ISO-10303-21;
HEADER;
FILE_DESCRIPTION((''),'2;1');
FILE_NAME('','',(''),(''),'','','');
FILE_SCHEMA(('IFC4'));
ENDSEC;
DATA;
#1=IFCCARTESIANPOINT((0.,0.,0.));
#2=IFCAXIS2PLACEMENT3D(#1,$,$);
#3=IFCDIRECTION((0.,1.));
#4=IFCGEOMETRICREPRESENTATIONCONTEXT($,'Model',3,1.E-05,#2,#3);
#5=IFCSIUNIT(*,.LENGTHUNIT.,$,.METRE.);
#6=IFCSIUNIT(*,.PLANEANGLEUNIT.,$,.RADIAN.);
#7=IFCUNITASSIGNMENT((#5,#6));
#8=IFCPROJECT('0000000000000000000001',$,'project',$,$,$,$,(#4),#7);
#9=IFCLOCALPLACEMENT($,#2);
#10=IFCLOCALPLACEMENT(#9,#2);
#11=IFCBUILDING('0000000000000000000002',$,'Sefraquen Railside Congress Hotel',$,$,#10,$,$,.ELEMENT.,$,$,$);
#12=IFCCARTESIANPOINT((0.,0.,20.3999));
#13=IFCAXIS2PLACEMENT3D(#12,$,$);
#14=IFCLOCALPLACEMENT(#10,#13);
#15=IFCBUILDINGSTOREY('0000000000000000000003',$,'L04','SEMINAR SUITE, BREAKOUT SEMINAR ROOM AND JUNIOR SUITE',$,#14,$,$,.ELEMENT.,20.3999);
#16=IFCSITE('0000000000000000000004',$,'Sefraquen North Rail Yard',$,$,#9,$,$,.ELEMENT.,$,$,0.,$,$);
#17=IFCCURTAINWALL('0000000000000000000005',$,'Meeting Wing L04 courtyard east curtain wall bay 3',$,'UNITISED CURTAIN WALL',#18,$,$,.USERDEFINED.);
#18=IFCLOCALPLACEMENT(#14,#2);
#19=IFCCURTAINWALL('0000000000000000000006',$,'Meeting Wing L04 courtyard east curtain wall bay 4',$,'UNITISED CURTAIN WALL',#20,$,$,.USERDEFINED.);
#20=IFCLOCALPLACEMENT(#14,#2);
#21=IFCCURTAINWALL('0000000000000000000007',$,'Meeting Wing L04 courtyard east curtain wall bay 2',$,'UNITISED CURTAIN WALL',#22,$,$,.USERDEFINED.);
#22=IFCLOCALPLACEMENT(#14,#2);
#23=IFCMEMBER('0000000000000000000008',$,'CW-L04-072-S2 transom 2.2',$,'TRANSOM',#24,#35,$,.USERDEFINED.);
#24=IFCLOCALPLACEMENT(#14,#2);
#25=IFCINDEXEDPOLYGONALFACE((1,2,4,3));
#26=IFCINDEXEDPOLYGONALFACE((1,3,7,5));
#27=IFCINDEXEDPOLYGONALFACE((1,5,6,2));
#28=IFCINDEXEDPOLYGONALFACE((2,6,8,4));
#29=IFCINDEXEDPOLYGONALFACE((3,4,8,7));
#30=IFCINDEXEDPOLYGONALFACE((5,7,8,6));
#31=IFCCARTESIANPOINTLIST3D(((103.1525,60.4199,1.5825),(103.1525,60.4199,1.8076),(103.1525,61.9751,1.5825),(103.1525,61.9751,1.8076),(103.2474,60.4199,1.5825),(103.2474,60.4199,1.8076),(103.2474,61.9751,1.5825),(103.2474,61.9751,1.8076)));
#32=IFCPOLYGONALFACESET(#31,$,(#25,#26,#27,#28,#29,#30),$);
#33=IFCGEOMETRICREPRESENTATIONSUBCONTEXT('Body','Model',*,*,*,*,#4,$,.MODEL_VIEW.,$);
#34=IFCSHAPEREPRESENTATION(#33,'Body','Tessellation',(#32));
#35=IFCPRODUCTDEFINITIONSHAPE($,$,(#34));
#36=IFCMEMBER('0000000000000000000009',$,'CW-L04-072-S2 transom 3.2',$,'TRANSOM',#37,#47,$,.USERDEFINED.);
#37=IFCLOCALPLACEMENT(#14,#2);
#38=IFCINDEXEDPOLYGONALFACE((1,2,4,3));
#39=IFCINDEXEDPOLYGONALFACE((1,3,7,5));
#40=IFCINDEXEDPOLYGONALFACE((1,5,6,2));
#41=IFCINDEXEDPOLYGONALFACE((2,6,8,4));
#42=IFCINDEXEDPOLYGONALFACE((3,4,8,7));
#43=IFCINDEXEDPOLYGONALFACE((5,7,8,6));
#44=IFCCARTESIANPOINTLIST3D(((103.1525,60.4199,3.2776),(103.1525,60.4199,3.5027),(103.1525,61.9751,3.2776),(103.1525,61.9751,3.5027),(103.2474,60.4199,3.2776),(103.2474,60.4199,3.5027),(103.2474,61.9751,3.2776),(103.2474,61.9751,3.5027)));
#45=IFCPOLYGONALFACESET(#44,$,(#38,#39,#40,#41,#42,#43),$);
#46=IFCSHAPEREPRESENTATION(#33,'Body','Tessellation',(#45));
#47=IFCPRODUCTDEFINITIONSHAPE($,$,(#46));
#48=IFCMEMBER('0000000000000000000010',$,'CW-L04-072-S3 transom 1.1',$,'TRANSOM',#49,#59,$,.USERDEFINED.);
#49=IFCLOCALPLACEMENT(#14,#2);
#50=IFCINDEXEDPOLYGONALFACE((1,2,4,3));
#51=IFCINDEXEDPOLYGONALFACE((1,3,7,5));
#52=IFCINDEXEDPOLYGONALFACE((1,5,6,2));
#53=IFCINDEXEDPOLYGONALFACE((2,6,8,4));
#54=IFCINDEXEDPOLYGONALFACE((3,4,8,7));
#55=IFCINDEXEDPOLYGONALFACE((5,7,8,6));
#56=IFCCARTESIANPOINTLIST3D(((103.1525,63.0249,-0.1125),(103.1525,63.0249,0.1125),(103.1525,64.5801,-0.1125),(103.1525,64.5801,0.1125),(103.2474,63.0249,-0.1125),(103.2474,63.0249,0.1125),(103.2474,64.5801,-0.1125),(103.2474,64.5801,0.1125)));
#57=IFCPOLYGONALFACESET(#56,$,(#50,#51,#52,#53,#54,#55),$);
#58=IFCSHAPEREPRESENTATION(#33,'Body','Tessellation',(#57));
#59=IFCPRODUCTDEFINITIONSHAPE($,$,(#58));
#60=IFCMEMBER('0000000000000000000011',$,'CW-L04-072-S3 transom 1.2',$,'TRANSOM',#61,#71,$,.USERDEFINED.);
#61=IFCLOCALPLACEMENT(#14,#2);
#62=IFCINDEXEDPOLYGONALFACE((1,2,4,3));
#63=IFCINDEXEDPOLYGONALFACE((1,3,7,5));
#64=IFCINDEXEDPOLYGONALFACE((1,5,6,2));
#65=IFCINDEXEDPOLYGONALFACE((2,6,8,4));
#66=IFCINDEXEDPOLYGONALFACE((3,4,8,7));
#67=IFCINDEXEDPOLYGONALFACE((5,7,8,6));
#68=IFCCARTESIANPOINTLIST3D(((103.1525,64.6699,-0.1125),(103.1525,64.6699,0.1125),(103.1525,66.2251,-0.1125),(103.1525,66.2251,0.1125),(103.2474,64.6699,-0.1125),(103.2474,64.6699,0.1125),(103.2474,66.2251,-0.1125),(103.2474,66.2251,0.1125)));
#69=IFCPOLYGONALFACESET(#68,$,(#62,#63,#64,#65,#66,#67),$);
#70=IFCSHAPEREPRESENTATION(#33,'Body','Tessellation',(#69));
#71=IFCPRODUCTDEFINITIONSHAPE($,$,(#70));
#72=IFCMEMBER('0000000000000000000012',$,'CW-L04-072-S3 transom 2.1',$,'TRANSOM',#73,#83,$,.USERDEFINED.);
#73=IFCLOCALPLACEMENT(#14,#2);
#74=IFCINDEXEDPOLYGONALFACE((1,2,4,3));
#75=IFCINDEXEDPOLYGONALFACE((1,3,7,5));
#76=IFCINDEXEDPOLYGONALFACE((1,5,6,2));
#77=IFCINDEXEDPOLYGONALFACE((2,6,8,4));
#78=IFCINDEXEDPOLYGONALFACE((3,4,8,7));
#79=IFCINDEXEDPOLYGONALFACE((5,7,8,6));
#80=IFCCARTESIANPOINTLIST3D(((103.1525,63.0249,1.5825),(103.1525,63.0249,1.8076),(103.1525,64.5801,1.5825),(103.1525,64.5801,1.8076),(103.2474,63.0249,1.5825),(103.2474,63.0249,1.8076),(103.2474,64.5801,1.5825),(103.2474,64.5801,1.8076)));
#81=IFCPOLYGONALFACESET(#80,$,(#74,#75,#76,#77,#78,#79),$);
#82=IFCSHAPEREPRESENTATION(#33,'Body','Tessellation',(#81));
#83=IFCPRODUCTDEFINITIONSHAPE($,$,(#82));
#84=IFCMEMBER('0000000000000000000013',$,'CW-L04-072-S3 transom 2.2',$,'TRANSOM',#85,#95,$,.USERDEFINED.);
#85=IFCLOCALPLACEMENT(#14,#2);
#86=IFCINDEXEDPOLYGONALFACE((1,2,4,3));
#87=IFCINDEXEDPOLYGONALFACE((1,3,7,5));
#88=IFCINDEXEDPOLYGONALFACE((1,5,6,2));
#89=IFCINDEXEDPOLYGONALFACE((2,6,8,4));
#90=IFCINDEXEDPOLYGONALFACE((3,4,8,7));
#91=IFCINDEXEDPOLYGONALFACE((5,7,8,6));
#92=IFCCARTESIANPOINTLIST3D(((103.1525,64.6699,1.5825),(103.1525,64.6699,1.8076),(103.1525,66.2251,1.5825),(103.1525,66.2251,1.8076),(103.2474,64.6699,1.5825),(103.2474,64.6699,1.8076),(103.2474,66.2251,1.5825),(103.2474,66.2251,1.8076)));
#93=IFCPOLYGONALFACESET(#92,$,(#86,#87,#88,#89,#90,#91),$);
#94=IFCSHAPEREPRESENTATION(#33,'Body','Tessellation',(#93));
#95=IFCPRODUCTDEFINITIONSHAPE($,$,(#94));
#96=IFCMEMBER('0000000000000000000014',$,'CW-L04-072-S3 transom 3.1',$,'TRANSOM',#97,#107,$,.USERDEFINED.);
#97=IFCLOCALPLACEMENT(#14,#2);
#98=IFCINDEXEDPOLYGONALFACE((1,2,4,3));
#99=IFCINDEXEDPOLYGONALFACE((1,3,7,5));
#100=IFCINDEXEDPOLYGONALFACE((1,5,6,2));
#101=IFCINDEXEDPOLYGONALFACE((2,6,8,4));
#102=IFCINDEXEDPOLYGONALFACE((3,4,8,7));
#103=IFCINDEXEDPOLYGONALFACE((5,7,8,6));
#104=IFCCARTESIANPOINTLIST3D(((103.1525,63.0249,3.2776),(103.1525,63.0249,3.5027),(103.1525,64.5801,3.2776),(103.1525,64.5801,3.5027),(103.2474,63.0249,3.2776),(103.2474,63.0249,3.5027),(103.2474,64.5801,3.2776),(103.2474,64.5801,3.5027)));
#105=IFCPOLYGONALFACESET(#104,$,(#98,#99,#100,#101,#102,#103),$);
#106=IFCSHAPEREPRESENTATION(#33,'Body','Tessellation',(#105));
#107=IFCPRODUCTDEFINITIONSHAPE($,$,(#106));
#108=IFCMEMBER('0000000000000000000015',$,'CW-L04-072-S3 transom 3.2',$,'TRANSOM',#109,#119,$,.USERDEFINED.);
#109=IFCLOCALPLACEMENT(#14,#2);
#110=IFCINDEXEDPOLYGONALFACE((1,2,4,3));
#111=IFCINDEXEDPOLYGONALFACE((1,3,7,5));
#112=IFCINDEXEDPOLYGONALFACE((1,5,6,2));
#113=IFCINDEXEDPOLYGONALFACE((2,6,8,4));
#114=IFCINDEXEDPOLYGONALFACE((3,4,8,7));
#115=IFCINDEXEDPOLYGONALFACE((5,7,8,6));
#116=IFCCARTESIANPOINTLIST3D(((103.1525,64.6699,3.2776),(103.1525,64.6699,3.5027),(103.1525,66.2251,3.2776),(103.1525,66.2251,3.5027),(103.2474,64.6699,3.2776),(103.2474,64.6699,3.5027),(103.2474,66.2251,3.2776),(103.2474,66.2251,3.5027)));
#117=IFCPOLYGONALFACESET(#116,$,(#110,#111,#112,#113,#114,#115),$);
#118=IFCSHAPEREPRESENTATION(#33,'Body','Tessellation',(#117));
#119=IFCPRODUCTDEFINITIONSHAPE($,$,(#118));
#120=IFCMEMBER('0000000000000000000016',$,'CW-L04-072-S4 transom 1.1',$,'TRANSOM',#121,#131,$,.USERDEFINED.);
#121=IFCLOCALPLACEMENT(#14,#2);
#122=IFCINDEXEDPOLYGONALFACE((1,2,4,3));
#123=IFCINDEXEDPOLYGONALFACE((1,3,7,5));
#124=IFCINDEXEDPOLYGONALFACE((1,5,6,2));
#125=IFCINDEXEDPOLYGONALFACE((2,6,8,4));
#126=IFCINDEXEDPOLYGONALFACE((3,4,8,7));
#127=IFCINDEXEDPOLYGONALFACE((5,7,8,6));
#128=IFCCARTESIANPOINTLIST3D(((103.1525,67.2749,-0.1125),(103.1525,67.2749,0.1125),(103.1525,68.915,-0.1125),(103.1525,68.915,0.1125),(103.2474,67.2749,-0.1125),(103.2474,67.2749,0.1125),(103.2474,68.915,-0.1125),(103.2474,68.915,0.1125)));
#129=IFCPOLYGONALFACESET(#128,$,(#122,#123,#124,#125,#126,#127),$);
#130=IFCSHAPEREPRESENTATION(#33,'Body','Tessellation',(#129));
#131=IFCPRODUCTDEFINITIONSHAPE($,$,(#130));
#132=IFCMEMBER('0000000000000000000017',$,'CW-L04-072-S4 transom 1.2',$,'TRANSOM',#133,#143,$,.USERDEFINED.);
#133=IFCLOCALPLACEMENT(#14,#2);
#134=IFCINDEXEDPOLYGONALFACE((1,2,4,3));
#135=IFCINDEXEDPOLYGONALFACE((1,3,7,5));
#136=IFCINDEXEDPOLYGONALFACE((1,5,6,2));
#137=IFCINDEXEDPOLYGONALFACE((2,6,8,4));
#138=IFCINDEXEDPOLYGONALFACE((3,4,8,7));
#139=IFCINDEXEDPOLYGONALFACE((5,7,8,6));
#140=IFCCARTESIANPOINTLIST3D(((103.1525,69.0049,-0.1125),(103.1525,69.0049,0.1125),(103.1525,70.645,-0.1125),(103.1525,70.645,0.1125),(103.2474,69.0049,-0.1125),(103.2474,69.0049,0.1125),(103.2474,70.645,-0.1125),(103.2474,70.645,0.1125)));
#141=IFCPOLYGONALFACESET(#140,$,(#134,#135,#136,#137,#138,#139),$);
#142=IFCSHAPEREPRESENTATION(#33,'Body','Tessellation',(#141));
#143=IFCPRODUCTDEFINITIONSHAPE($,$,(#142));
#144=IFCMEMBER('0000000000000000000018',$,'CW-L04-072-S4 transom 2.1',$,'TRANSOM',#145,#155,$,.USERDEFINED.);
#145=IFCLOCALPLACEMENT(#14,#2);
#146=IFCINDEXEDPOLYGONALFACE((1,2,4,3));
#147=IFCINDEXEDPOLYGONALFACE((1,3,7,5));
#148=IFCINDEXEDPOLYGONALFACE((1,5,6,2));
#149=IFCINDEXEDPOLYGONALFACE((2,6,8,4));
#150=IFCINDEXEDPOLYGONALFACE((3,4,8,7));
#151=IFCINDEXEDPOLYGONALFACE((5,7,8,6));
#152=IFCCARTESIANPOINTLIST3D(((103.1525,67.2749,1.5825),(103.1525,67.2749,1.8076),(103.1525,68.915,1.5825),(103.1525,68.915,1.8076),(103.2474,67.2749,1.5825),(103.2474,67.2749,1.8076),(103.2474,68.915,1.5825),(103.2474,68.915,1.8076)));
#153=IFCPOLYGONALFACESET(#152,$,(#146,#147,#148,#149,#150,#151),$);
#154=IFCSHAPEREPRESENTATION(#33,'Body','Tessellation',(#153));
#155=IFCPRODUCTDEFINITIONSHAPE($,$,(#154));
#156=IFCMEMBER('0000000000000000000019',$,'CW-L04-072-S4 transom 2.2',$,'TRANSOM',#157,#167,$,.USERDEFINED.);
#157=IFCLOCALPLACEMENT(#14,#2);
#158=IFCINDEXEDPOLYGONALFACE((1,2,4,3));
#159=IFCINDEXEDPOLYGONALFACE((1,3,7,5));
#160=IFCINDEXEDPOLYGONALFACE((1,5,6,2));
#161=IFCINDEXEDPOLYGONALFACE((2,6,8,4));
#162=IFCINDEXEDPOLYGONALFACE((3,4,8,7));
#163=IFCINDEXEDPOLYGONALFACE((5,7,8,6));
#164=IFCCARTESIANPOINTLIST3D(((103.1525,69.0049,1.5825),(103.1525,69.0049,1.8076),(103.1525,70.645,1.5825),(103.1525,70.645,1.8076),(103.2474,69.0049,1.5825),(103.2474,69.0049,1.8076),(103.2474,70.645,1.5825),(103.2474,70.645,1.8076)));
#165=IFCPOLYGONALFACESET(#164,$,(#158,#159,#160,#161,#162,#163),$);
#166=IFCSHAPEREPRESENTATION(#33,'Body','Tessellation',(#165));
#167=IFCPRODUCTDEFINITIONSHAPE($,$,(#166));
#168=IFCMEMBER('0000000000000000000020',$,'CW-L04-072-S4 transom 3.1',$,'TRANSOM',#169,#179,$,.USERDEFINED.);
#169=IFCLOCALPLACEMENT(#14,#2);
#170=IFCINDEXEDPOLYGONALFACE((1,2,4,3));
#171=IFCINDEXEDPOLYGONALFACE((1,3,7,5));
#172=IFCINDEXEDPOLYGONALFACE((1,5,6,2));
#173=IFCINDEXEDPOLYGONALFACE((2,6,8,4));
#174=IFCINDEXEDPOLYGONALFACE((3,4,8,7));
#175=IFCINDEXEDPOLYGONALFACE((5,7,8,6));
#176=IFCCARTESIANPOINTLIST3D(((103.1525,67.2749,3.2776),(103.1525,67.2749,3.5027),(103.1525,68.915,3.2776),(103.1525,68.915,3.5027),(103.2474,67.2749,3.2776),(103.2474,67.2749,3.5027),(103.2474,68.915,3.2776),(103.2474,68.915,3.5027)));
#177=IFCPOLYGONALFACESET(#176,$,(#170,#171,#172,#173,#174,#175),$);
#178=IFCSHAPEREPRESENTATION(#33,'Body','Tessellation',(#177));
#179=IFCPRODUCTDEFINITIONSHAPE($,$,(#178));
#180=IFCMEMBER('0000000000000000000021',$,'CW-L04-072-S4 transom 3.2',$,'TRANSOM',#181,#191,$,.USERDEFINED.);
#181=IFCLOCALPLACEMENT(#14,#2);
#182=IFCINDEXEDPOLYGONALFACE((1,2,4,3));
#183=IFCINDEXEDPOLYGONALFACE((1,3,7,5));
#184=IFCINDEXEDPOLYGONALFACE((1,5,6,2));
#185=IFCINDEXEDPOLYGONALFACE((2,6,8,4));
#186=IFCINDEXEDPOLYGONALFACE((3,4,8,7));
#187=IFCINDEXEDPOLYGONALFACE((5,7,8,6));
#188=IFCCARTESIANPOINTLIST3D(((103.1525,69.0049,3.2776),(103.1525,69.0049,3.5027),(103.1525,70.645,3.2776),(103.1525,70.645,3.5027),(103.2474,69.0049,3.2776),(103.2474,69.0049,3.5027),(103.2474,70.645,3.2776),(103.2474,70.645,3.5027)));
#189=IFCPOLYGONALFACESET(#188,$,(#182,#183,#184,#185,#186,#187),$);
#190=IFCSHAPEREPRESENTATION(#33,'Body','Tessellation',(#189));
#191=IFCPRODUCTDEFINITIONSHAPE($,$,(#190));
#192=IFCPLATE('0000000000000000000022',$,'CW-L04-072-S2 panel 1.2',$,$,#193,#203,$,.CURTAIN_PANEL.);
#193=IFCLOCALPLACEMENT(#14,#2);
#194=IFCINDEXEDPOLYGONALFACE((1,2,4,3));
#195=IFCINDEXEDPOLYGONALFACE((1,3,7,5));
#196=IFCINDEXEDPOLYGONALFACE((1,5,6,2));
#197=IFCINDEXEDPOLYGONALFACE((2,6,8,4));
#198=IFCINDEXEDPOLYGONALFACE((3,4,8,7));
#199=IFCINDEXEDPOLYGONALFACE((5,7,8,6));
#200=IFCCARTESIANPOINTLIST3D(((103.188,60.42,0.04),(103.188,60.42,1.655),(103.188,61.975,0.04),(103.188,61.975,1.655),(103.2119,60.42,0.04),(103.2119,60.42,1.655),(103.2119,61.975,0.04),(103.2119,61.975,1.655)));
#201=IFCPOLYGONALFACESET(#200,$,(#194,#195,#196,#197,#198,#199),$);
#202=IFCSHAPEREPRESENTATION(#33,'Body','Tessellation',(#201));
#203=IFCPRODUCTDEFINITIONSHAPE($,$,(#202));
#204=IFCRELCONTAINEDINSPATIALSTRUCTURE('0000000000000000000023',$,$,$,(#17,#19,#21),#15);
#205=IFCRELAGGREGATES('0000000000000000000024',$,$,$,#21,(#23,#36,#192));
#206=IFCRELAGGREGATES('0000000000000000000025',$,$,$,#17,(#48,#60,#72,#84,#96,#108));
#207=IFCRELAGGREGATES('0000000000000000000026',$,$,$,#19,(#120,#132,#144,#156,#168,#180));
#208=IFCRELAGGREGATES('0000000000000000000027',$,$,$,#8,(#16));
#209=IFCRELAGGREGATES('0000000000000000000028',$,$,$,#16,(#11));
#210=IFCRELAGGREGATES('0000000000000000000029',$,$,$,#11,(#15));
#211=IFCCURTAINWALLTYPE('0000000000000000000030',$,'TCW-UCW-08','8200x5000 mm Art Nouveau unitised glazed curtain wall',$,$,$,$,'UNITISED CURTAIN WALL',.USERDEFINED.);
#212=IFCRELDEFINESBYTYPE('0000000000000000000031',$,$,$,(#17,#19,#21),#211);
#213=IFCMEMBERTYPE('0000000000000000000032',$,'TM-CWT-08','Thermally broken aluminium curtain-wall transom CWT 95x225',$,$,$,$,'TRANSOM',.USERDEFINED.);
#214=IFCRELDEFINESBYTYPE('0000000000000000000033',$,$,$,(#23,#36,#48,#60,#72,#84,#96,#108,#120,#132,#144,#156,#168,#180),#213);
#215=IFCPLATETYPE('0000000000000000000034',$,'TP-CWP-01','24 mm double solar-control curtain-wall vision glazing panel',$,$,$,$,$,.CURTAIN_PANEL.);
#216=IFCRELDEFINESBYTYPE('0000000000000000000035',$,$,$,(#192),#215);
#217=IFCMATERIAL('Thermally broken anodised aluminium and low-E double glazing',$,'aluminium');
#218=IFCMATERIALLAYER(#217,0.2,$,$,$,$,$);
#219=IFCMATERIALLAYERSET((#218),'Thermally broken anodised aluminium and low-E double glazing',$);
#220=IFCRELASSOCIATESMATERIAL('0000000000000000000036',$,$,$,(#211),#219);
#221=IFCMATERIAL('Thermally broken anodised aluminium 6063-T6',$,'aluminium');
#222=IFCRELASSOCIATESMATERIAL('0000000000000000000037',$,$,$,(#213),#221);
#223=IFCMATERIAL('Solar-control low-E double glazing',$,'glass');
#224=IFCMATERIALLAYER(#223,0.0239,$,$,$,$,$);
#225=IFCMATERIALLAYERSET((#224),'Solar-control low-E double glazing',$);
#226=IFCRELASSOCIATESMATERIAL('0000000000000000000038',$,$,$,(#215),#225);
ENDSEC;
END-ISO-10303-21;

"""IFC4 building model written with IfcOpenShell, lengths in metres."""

from ifc_helpers import new_model, si_unit, direction, frame, origin, origin_2d, place, context, subcontext, project, spatial, rectangle, extrude, material, layer, layer_set, material_profile, profile_set, type_object, element, aggregate, save


model = new_model("IFC4")

# Units and contexts
model_context = context("Model", 3, precision=1e-05, world=origin(), true_north=direction((0.0, 1.0)))
body_context = subcontext(model_context, "Body", "Model", "MODEL_VIEW")
ifc_project = project(units=[si_unit("LENGTHUNIT", "METRE"), si_unit("PLANEANGLEUNIT", "RADIAN")], contexts=[model_context])

# Site, building, storey
site_placement = place(None, origin())
site = spatial("IfcSite", under=ifc_project, at=site_placement, Name="Sefraquen North Rail Yard", CompositionType="ELEMENT", RefElevation=0.0)
building_placement = place(site_placement, origin())
building = spatial("IfcBuilding", under=site, at=building_placement, Name="Sefraquen Railside Congress Hotel", CompositionType="ELEMENT")
storey_placement = place(building_placement, frame((0.0, 0.0, 20.3999)))
storey = spatial("IfcBuildingStorey", under=building, at=storey_placement, Name="L04", Description="SEMINAR SUITE, BREAKOUT SEMINAR ROOM AND JUNIOR SUITE", CompositionType="ELEMENT", Elevation=20.3999)

# Curtain walls
ifc_material_1 = material(Name="Thermally broken anodised aluminium and low-E double glazing", Category="aluminium")
ifc_layer_1 = layer(ifc_material_1, 0.2)
ifc_layer_set_1 = layer_set([ifc_layer_1], Name="Thermally broken anodised aluminium and low-E double glazing")
curtain_wall_type = type_object("IfcCurtainWallType", Name="TCW-UCW-08", Description="8200x5000 mm Art Nouveau unitised glazed curtain wall", ElementType="UNITISED CURTAIN WALL", PredefinedType="USERDEFINED", material=ifc_layer_set_1)
curtain_wall_1_placement = place(storey_placement, origin())
curtain_wall_1 = element("IfcCurtainWall", 1, at=curtain_wall_1_placement, inside=storey, type_object=curtain_wall_type, Name="Meeting Wing L04 courtyard east curtain wall bay 3", ObjectType="UNITISED CURTAIN WALL", PredefinedType="USERDEFINED")
ifc_material_2 = material(Name="Thermally broken anodised aluminium 6063-T6", Category="aluminium")
curtain_wall_2_placement = place(storey_placement, origin())
curtain_wall_2 = element("IfcCurtainWall", 2, at=curtain_wall_2_placement, inside=storey, type_object=curtain_wall_type, Name="Meeting Wing L04 courtyard east curtain wall bay 4", ObjectType="UNITISED CURTAIN WALL", PredefinedType="USERDEFINED")
curtain_wall_3_placement = place(storey_placement, origin())
curtain_wall_3 = element("IfcCurtainWall", 3, at=curtain_wall_3_placement, inside=storey, type_object=curtain_wall_type, Name="Meeting Wing L04 courtyard east curtain wall bay 2", ObjectType="UNITISED CURTAIN WALL", PredefinedType="USERDEFINED")

# Members
ifc_material_profile_1 = material_profile(ifc_material_2, rectangle(XDim=0.095, YDim=0.2251, at=origin_2d()), Name="CWT 95x225")
ifc_profile_set_1 = profile_set([ifc_material_profile_1], Name="Thermally broken anodised aluminium 6063-T6")
member_type_1 = type_object("IfcMemberType", Name="TM-CWT-08", Description="Thermally broken aluminium curtain-wall transom CWT 95x225", ElementType="TRANSOM", PredefinedType="USERDEFINED", material=ifc_profile_set_1)
member_1_placement = place(storey_placement, frame((103.2, 60.4199, 1.6951), z_axis=(0.0, 1.0, 0.0), x_axis=(-1.0, 0.0, 0.0)))
member_1 = element("IfcMember", 4, at=member_1_placement, type_object=member_type_1, Name="CW-L04-072-S2 transom 2.2", ObjectType="TRANSOM", PredefinedType="USERDEFINED", context=body_context, shape_type="SweptSolid", body=[
    extrude(rectangle(XDim=0.095, YDim=0.2251, at=origin_2d()), origin(), (0.0, 0.0, 1.0), 1.5552),
])
member_2_placement = place(storey_placement, frame((103.2, 60.4199, 3.3901), z_axis=(0.0, 1.0, 0.0), x_axis=(-1.0, 0.0, 0.0)))
member_2 = element("IfcMember", 5, at=member_2_placement, type_object=member_type_1, Name="CW-L04-072-S2 transom 3.2", ObjectType="TRANSOM", PredefinedType="USERDEFINED", context=body_context, shape_type="SweptSolid", body=[
    extrude(rectangle(XDim=0.095, YDim=0.2251, at=origin_2d()), origin(), (0.0, 0.0, 1.0), 1.5552),
])
member_3_placement = place(storey_placement, frame((103.2, 63.0249, 0.0), z_axis=(0.0, 1.0, 0.0), x_axis=(-1.0, 0.0, 0.0)))
member_3 = element("IfcMember", 6, at=member_3_placement, type_object=member_type_1, Name="CW-L04-072-S3 transom 1.1", ObjectType="TRANSOM", PredefinedType="USERDEFINED", context=body_context, shape_type="SweptSolid", body=[
    extrude(rectangle(XDim=0.095, YDim=0.2251, at=origin_2d()), origin(), (0.0, 0.0, 1.0), 1.5552),
])
member_4_placement = place(storey_placement, frame((103.2, 64.6699, 0.0), z_axis=(0.0, 1.0, 0.0), x_axis=(-1.0, 0.0, 0.0)))
member_4 = element("IfcMember", 7, at=member_4_placement, type_object=member_type_1, Name="CW-L04-072-S3 transom 1.2", ObjectType="TRANSOM", PredefinedType="USERDEFINED", context=body_context, shape_type="SweptSolid", body=[
    extrude(rectangle(XDim=0.095, YDim=0.2251, at=origin_2d()), origin(), (0.0, 0.0, 1.0), 1.5552),
])
member_5_placement = place(storey_placement, frame((103.2, 63.0249, 1.6951), z_axis=(0.0, 1.0, 0.0), x_axis=(-1.0, 0.0, 0.0)))
member_5 = element("IfcMember", 8, at=member_5_placement, type_object=member_type_1, Name="CW-L04-072-S3 transom 2.1", ObjectType="TRANSOM", PredefinedType="USERDEFINED", context=body_context, shape_type="SweptSolid", body=[
    extrude(rectangle(XDim=0.095, YDim=0.2251, at=origin_2d()), origin(), (0.0, 0.0, 1.0), 1.5552),
])
member_6_placement = place(storey_placement, frame((103.2, 64.6699, 1.6951), z_axis=(0.0, 1.0, 0.0), x_axis=(-1.0, 0.0, 0.0)))
member_6 = element("IfcMember", 9, at=member_6_placement, type_object=member_type_1, Name="CW-L04-072-S3 transom 2.2", ObjectType="TRANSOM", PredefinedType="USERDEFINED", context=body_context, shape_type="SweptSolid", body=[
    extrude(rectangle(XDim=0.095, YDim=0.2251, at=origin_2d()), origin(), (0.0, 0.0, 1.0), 1.5552),
])
member_7_placement = place(storey_placement, frame((103.2, 63.0249, 3.3901), z_axis=(0.0, 1.0, 0.0), x_axis=(-1.0, 0.0, 0.0)))
member_7 = element("IfcMember", 10, at=member_7_placement, type_object=member_type_1, Name="CW-L04-072-S3 transom 3.1", ObjectType="TRANSOM", PredefinedType="USERDEFINED", context=body_context, shape_type="SweptSolid", body=[
    extrude(rectangle(XDim=0.095, YDim=0.2251, at=origin_2d()), origin(), (0.0, 0.0, 1.0), 1.5552),
])
member_8_placement = place(storey_placement, frame((103.2, 64.6699, 3.3901), z_axis=(0.0, 1.0, 0.0), x_axis=(-1.0, 0.0, 0.0)))
member_8 = element("IfcMember", 11, at=member_8_placement, type_object=member_type_1, Name="CW-L04-072-S3 transom 3.2", ObjectType="TRANSOM", PredefinedType="USERDEFINED", context=body_context, shape_type="SweptSolid", body=[
    extrude(rectangle(XDim=0.095, YDim=0.2251, at=origin_2d()), origin(), (0.0, 0.0, 1.0), 1.5552),
])
member_9_placement = place(storey_placement, frame((103.2, 67.2749, 0.0), z_axis=(0.0, 1.0, 0.0), x_axis=(-1.0, 0.0, 0.0)))
member_9 = element("IfcMember", 12, at=member_9_placement, type_object=member_type_1, Name="CW-L04-072-S4 transom 1.1", ObjectType="TRANSOM", PredefinedType="USERDEFINED", context=body_context, shape_type="SweptSolid", body=[
    extrude(rectangle(XDim=0.095, YDim=0.2251, at=origin_2d()), origin(), (0.0, 0.0, 1.0), 1.6401),
])
member_10_placement = place(storey_placement, frame((103.2, 69.0049, 0.0), z_axis=(0.0, 1.0, 0.0), x_axis=(-1.0, 0.0, 0.0)))
member_10 = element("IfcMember", 13, at=member_10_placement, type_object=member_type_1, Name="CW-L04-072-S4 transom 1.2", ObjectType="TRANSOM", PredefinedType="USERDEFINED", context=body_context, shape_type="SweptSolid", body=[
    extrude(rectangle(XDim=0.095, YDim=0.2251, at=origin_2d()), origin(), (0.0, 0.0, 1.0), 1.6401),
])
member_11_placement = place(storey_placement, frame((103.2, 67.2749, 1.6951), z_axis=(0.0, 1.0, 0.0), x_axis=(-1.0, 0.0, 0.0)))
member_11 = element("IfcMember", 14, at=member_11_placement, type_object=member_type_1, Name="CW-L04-072-S4 transom 2.1", ObjectType="TRANSOM", PredefinedType="USERDEFINED", context=body_context, shape_type="SweptSolid", body=[
    extrude(rectangle(XDim=0.095, YDim=0.2251, at=origin_2d()), origin(), (0.0, 0.0, 1.0), 1.6401),
])
member_12_placement = place(storey_placement, frame((103.2, 69.0049, 1.6951), z_axis=(0.0, 1.0, 0.0), x_axis=(-1.0, 0.0, 0.0)))
member_12 = element("IfcMember", 15, at=member_12_placement, type_object=member_type_1, Name="CW-L04-072-S4 transom 2.2", ObjectType="TRANSOM", PredefinedType="USERDEFINED", context=body_context, shape_type="SweptSolid", body=[
    extrude(rectangle(XDim=0.095, YDim=0.2251, at=origin_2d()), origin(), (0.0, 0.0, 1.0), 1.6401),
])
member_13_placement = place(storey_placement, frame((103.2, 67.2749, 3.3901), z_axis=(0.0, 1.0, 0.0), x_axis=(-1.0, 0.0, 0.0)))
member_13 = element("IfcMember", 16, at=member_13_placement, type_object=member_type_1, Name="CW-L04-072-S4 transom 3.1", ObjectType="TRANSOM", PredefinedType="USERDEFINED", context=body_context, shape_type="SweptSolid", body=[
    extrude(rectangle(XDim=0.095, YDim=0.2251, at=origin_2d()), origin(), (0.0, 0.0, 1.0), 1.6401),
])
member_14_placement = place(storey_placement, frame((103.2, 69.0049, 3.3901), z_axis=(0.0, 1.0, 0.0), x_axis=(-1.0, 0.0, 0.0)))
member_14 = element("IfcMember", 17, at=member_14_placement, type_object=member_type_1, Name="CW-L04-072-S4 transom 3.2", ObjectType="TRANSOM", PredefinedType="USERDEFINED", context=body_context, shape_type="SweptSolid", body=[
    extrude(rectangle(XDim=0.095, YDim=0.2251, at=origin_2d()), origin(), (0.0, 0.0, 1.0), 1.6401),
])

# Plate
ifc_material_3 = material(Name="Solar-control low-E double glazing", Category="glass")
ifc_layer_2 = layer(ifc_material_3, 0.0239)
ifc_layer_set_2 = layer_set([ifc_layer_2], Name="Solar-control low-E double glazing")
plate_type_1 = type_object("IfcPlateType", Name="TP-CWP-01", Description="24 mm double solar-control curtain-wall vision glazing panel", PredefinedType="CURTAIN_PANEL", material=ifc_layer_set_2)
plate_1_placement = place(storey_placement, frame((103.2, 61.1975, 0.04), z_axis=(0.0, 0.0, 1.0), x_axis=(0.0, 1.0, 0.0)))
plate_1 = element("IfcPlate", 18, at=plate_1_placement, type_object=plate_type_1, Name="CW-L04-072-S2 panel 1.2", PredefinedType="CURTAIN_PANEL", context=body_context, shape_type="SweptSolid", body=[
    extrude(rectangle(XDim=1.5549, YDim=0.0239, at=origin_2d()), origin(), (0.0, 0.0, 1.0), 1.615),
])
aggregate(curtain_wall_3, [member_1, member_2, plate_1])
aggregate(curtain_wall_1, [member_3, member_4, member_5, member_6, member_7, member_8])
aggregate(curtain_wall_2, [member_9, member_10, member_11, member_12, member_13, member_14])

save(model, "model.ifc")
